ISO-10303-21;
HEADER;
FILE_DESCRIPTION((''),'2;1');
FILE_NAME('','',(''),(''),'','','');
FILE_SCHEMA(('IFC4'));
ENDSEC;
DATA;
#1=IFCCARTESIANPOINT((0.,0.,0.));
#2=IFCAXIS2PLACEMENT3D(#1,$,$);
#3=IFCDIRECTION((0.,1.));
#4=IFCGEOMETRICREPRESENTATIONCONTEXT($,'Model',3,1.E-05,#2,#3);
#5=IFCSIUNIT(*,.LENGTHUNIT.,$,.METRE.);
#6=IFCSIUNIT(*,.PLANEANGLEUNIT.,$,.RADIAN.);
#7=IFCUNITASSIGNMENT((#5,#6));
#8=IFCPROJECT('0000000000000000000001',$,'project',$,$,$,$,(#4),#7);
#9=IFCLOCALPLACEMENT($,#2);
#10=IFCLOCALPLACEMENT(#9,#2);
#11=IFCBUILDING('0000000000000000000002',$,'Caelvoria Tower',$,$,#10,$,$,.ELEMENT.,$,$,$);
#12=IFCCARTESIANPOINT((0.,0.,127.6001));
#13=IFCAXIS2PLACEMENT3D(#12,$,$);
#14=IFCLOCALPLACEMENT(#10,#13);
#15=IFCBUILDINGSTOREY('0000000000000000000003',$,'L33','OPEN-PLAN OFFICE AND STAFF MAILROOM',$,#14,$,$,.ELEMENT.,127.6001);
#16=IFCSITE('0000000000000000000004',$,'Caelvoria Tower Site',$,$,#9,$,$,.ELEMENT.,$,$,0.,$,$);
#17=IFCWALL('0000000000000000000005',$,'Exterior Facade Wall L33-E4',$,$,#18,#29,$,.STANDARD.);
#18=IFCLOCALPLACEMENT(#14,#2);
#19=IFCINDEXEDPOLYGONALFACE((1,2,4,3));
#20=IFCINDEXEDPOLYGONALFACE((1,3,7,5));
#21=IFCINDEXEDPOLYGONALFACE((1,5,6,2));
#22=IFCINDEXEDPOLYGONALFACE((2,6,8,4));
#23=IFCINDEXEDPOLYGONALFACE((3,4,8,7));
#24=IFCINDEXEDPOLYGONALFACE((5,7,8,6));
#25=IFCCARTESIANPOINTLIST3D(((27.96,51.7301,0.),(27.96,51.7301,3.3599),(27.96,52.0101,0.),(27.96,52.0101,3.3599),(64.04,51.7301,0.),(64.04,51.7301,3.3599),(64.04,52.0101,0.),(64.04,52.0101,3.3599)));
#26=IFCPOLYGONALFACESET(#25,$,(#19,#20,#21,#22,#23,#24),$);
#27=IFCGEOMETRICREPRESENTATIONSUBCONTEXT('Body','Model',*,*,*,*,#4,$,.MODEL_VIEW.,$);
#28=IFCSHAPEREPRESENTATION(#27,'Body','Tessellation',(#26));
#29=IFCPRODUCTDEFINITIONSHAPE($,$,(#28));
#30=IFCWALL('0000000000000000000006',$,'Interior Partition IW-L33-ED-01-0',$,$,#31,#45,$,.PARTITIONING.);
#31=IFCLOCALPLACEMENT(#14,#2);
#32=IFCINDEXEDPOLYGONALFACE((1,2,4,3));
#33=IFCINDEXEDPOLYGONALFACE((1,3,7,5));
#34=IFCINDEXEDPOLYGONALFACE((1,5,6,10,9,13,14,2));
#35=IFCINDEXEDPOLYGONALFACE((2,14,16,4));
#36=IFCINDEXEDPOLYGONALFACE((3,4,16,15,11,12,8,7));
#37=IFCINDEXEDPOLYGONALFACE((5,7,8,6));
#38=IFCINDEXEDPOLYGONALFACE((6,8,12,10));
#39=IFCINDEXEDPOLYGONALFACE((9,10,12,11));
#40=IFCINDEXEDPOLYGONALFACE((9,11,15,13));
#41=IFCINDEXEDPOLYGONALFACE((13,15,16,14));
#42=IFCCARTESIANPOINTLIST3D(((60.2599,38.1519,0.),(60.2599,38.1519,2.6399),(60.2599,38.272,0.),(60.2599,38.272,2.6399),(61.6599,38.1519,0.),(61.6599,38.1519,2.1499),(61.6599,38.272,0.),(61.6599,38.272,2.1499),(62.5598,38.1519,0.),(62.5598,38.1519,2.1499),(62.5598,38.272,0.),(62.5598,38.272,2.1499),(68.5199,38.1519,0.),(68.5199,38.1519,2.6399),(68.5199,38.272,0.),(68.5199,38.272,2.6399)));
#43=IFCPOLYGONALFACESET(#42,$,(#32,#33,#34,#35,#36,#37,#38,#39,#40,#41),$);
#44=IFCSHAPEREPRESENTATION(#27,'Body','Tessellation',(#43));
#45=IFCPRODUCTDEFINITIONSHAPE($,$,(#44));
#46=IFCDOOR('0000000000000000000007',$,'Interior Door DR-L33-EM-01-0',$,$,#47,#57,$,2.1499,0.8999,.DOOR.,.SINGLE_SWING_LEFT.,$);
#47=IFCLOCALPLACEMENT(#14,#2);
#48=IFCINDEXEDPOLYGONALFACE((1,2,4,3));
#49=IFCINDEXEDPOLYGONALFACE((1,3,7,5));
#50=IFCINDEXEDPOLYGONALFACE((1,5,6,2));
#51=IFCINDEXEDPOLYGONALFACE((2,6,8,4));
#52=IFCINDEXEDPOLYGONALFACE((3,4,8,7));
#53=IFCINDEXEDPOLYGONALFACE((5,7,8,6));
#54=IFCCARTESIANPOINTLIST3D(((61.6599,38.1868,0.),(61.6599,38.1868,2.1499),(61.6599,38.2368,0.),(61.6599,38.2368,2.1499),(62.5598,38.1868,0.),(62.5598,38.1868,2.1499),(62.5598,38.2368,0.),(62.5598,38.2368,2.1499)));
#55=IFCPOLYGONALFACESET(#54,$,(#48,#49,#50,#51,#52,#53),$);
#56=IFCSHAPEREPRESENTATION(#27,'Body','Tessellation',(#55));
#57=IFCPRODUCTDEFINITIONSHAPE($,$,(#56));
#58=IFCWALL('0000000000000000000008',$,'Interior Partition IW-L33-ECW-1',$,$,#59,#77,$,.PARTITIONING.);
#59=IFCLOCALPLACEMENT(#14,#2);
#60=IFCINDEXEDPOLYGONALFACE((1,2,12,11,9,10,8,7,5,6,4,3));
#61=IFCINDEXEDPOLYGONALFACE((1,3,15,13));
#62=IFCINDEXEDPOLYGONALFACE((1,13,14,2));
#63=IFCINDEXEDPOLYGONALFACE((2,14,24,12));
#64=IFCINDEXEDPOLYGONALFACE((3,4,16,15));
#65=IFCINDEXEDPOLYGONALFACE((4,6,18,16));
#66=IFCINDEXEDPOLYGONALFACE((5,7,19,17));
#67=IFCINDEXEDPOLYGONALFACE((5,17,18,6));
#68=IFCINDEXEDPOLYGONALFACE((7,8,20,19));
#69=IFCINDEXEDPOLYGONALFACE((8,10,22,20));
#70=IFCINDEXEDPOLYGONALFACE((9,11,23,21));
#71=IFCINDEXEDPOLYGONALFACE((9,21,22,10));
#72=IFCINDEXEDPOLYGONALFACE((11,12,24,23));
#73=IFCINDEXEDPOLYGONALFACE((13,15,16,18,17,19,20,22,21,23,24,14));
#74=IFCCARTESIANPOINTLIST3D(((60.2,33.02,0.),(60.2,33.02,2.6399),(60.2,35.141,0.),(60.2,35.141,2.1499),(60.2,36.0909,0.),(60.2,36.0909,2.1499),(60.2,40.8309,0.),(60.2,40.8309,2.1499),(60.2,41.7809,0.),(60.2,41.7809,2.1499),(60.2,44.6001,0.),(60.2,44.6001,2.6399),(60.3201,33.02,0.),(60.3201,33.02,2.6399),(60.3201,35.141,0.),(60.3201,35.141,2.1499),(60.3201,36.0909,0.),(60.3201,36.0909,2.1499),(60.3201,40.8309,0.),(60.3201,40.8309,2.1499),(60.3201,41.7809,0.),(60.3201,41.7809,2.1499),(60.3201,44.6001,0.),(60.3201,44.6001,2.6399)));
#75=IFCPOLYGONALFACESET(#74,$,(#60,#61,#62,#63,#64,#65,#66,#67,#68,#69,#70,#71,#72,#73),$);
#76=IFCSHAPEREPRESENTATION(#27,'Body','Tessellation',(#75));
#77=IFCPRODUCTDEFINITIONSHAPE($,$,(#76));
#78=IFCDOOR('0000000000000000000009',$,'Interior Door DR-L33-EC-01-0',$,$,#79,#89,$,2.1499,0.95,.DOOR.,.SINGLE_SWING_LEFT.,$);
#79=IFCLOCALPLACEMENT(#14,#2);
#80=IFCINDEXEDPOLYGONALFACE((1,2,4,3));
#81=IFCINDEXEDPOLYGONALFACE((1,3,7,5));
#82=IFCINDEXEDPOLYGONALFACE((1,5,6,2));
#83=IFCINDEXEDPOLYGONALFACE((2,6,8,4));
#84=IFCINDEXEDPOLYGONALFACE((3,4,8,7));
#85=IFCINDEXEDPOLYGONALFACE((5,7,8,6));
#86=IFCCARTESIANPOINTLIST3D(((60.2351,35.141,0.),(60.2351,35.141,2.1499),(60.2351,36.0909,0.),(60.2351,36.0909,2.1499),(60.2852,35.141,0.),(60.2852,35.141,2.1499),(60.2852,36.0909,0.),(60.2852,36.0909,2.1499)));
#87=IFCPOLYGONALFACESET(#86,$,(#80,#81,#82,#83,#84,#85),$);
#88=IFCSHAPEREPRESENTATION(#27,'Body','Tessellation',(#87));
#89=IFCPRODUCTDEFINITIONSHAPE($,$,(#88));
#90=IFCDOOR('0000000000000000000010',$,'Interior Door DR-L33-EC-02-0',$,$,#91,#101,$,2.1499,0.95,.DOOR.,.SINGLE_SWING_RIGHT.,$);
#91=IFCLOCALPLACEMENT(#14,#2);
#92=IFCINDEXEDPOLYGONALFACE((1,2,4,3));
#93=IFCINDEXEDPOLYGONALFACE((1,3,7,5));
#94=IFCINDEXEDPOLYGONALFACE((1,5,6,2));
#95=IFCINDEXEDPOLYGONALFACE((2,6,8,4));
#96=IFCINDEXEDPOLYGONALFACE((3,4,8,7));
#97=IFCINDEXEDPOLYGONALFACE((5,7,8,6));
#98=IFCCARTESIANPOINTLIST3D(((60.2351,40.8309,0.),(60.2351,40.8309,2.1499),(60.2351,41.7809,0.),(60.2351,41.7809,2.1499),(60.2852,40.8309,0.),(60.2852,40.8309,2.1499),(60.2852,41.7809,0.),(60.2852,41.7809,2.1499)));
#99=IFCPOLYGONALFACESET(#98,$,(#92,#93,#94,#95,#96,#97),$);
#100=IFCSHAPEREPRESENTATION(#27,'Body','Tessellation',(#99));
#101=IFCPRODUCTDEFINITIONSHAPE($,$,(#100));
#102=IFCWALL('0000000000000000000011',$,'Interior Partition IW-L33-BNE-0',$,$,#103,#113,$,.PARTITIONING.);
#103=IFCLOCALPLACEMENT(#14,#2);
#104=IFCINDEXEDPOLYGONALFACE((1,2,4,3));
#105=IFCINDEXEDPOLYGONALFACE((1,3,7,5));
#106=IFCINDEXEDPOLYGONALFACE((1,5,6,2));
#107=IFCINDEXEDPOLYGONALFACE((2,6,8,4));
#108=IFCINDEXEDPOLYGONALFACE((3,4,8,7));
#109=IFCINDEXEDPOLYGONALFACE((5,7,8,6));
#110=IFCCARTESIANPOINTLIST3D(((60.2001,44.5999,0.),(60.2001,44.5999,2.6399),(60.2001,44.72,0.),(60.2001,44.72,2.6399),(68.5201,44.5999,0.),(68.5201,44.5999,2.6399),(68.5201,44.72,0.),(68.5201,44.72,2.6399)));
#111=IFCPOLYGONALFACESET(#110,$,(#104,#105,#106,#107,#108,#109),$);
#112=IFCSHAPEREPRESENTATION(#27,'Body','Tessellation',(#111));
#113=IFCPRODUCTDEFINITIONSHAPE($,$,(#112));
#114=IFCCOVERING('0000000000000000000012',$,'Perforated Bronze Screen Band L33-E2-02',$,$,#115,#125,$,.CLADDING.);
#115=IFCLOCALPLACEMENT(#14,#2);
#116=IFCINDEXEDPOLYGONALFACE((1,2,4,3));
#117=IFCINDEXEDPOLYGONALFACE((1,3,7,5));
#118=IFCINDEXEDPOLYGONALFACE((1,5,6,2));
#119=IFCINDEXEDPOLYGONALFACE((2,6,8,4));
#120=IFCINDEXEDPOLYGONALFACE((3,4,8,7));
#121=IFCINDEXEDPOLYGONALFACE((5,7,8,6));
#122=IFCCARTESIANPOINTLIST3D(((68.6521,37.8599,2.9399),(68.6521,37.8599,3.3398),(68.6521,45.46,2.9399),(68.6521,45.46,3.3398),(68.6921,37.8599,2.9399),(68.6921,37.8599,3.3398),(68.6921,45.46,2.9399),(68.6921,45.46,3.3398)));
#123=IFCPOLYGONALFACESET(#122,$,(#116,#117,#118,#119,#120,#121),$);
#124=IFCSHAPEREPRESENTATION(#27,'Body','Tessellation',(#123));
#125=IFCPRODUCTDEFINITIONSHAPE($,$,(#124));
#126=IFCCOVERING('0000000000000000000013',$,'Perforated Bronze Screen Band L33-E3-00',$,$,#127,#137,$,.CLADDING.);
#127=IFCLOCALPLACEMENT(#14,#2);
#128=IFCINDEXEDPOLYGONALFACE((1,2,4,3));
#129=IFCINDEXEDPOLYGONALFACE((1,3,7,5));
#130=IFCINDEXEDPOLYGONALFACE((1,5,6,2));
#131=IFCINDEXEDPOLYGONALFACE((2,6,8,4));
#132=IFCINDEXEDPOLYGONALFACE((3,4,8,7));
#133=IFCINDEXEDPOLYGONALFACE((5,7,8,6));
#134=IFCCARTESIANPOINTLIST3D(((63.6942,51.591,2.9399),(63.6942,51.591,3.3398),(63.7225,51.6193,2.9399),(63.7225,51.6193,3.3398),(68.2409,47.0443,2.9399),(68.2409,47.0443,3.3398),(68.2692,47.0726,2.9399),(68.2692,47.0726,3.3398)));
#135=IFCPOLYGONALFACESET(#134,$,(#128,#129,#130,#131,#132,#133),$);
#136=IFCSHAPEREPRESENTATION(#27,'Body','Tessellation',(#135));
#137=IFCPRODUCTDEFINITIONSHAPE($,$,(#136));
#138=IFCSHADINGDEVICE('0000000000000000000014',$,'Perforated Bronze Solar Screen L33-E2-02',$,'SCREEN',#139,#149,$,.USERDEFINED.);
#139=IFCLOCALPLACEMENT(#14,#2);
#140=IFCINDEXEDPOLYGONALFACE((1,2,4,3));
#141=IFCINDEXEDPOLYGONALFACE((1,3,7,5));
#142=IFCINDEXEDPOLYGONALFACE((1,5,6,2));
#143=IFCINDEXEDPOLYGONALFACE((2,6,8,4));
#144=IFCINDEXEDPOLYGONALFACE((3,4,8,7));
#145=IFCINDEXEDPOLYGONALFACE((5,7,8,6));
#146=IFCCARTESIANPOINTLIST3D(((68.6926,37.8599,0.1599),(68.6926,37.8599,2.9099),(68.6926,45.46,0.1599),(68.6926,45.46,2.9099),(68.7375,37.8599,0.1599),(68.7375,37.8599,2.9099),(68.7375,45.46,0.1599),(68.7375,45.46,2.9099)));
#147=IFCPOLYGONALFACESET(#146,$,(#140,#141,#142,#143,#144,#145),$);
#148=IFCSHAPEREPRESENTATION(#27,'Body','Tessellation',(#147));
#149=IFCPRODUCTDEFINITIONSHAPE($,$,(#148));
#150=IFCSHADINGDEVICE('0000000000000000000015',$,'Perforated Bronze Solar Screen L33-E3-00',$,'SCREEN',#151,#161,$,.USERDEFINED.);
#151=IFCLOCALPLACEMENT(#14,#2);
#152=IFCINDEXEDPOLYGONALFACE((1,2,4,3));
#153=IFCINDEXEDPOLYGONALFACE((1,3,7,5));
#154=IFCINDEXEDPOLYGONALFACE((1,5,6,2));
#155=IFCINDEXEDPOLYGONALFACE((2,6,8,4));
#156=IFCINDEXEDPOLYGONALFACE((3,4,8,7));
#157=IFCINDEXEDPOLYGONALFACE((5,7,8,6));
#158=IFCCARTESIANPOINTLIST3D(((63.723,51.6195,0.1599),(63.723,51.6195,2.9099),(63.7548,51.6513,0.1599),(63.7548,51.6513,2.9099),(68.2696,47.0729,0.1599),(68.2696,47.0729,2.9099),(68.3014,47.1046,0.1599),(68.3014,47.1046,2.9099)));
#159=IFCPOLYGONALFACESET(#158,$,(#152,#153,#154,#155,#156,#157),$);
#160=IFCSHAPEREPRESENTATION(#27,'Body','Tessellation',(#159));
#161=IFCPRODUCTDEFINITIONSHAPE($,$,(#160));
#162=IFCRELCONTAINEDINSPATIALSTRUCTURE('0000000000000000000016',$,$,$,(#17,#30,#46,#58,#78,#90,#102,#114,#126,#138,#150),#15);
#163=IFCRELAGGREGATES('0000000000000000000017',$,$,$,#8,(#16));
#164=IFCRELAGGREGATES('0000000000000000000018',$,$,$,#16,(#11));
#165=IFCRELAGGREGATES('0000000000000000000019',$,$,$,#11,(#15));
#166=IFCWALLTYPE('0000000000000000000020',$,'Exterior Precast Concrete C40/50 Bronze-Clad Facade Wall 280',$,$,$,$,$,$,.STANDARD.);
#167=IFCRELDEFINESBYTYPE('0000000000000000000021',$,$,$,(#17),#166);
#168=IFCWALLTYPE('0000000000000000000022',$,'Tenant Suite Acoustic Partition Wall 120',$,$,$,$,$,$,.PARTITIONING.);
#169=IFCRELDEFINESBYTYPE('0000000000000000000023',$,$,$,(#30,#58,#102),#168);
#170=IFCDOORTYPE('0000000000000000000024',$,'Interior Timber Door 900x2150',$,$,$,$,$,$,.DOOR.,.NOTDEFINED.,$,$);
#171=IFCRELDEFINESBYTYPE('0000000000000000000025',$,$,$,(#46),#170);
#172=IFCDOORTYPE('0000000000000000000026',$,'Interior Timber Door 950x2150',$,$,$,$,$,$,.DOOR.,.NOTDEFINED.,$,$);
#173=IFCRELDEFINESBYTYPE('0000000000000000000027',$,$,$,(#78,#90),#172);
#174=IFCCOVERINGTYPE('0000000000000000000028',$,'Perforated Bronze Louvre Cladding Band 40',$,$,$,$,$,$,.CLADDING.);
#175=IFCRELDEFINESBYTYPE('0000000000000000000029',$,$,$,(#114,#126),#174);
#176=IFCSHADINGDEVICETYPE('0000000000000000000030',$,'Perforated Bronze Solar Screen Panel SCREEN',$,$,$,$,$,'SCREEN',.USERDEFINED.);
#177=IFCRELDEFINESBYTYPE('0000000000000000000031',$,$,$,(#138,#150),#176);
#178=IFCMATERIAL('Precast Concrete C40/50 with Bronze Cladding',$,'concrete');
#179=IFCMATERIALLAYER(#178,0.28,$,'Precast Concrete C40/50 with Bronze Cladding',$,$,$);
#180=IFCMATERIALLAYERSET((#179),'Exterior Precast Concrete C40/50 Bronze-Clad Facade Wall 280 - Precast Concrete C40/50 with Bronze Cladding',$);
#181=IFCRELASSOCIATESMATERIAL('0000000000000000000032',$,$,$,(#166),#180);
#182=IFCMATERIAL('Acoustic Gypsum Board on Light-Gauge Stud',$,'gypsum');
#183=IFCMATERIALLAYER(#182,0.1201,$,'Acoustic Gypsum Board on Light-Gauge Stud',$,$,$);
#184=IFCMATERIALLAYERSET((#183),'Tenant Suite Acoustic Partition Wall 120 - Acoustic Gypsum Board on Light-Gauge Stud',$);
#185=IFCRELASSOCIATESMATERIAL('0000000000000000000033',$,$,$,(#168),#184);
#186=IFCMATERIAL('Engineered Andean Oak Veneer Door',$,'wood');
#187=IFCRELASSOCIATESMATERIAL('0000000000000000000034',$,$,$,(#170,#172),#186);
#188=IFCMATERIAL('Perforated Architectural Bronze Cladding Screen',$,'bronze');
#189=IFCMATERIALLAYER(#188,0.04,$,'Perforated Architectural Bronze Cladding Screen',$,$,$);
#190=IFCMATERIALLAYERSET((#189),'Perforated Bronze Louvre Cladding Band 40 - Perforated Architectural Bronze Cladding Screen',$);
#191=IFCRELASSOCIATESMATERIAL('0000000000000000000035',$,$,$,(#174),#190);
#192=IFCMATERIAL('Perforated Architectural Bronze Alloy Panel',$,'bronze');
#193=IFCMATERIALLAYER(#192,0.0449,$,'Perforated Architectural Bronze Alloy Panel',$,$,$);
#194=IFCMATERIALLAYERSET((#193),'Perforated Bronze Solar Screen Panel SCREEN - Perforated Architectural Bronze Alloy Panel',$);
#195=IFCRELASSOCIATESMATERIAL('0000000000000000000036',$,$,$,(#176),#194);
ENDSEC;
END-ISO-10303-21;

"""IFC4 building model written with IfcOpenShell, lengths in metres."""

from ifc_helpers import new_model, si_unit, direction, frame, frame_2d, origin, origin_2d, place, context, subcontext, project, spatial, rectangle, extrude, material, layer, layer_set, type_object, element, fill, save


model = new_model("IFC4")

# Units and contexts
model_context = context("Model", 3, precision=1e-05, world=origin(), true_north=direction((0.0, 1.0)))
body_context = subcontext(model_context, "Body", "Model", "MODEL_VIEW")
ifc_project = project(units=[si_unit("LENGTHUNIT", "METRE"), si_unit("PLANEANGLEUNIT", "RADIAN")], contexts=[model_context])

# Site, building, storey
site_placement = place(None, origin())
site = spatial("IfcSite", under=ifc_project, at=site_placement, Name="Caelvoria Tower Site", CompositionType="ELEMENT", RefElevation=0.0)
building_placement = place(site_placement, origin())
building = spatial("IfcBuilding", under=site, at=building_placement, Name="Caelvoria Tower", CompositionType="ELEMENT")
storey_placement = place(building_placement, frame((0.0, 0.0, 127.6001)))
storey = spatial("IfcBuildingStorey", under=building, at=storey_placement, Name="L33", Description="OPEN-PLAN OFFICE AND STAFF MAILROOM", CompositionType="ELEMENT", Elevation=127.6001)

# Wall
ifc_material_1 = material(Name="Precast Concrete C40/50 with Bronze Cladding", Category="concrete")
ifc_layer_1 = layer(ifc_material_1, 0.28, Name="Precast Concrete C40/50 with Bronze Cladding")
ifc_layer_set_1 = layer_set([ifc_layer_1], Name="Exterior Precast Concrete C40/50 Bronze-Clad Facade Wall 280 - Precast Concrete C40/50 with Bronze Cladding")
wall_type_1 = type_object("IfcWallType", Name="Exterior Precast Concrete C40/50 Bronze-Clad Facade Wall 280", PredefinedType="STANDARD", material=ifc_layer_set_1)
wall_1_placement = place(storey_placement, frame((64.04, 51.8701, 0.0), z_axis=(0.0, 0.0, 1.0), x_axis=(-1.0, 0.0, 0.0)))
element("IfcWall", 1, at=wall_1_placement, inside=storey, type_object=wall_type_1, Name="Exterior Facade Wall L33-E4", PredefinedType="STANDARD", context=body_context, shape_type="SweptSolid", body=[
    extrude(rectangle(XDim=36.0801, YDim=0.28, at=frame_2d((18.04, 0.0))), origin(), (0.0, 0.0, 1.0), 3.3599),
])

# Wall, opening, door
ifc_material_2 = material(Name="Acoustic Gypsum Board on Light-Gauge Stud", Category="gypsum")
ifc_layer_2 = layer(ifc_material_2, 0.1201, Name="Acoustic Gypsum Board on Light-Gauge Stud")
ifc_layer_set_2 = layer_set([ifc_layer_2], Name="Tenant Suite Acoustic Partition Wall 120 - Acoustic Gypsum Board on Light-Gauge Stud")
wall_type_2 = type_object("IfcWallType", Name="Tenant Suite Acoustic Partition Wall 120", PredefinedType="PARTITIONING", material=ifc_layer_set_2)
wall_2_placement = place(storey_placement, frame((60.26, 38.2119, 0.0), z_axis=(0.0, 0.0, 1.0), x_axis=(1.0, 0.0, 0.0)))
wall_2 = element("IfcWall", 2, at=wall_2_placement, inside=storey, type_object=wall_type_2, Name="Interior Partition IW-L33-ED-01-0", PredefinedType="PARTITIONING", context=body_context, shape_type="SweptSolid", body=[
    extrude(rectangle(XDim=8.26, YDim=0.1201, at=frame_2d((4.1299, 0.0))), origin(), (0.0, 0.0, 1.0), 2.6399),
])
opening_1_placement = place(wall_2_placement, frame((1.3999, 0.0, 0.0)))
opening_1 = element("IfcOpeningElement", 3, at=opening_1_placement, cuts=wall_2, PredefinedType="OPENING", context=body_context, shape_type="SweptSolid", body=[
    extrude(rectangle(XDim=0.8999, YDim=2.1499, at=frame_2d((0.45, 1.075))), frame((0.0, 0.0701, 0.0), z_axis=(0.0, -1.0, 0.0), x_axis=(1.0, 0.0, 0.0)), (0.0, 0.0, 1.0), 0.1401),
])
ifc_material_3 = material(Name="Engineered Andean Oak Veneer Door", Category="wood")
door_type_1 = type_object("IfcDoorType", Name="Interior Timber Door 900x2150", OperationType="NOTDEFINED", PredefinedType="DOOR", material=ifc_material_3)
door_1_placement = place(opening_1_placement, origin())
door_1 = element("IfcDoor", 4, at=door_1_placement, inside=storey, type_object=door_type_1, Name="Interior Door DR-L33-EM-01-0", OperationType="SINGLE_SWING_LEFT", OverallHeight=2.1499, OverallWidth=0.8999, PredefinedType="DOOR", context=body_context, shape_type="SweptSolid", body=[
    extrude(rectangle(XDim=0.8999, YDim=2.1499, at=frame_2d((0.45, 1.075))), frame((0.0, 0.0249, 0.0), z_axis=(0.0, -1.0, 0.0), x_axis=(1.0, 0.0, 0.0)), (0.0, 0.0, 1.0), 0.05),
])
fill(opening_1, door_1)

# Wall, openings, doors
wall_3_placement = place(storey_placement, frame((60.26, 33.02, 0.0), z_axis=(0.0, 0.0, 1.0), x_axis=(0.0, 1.0, 0.0)))
wall_3 = element("IfcWall", 5, at=wall_3_placement, inside=storey, type_object=wall_type_2, Name="Interior Partition IW-L33-ECW-1", PredefinedType="PARTITIONING", context=body_context, shape_type="SweptSolid", body=[
    extrude(rectangle(XDim=11.5801, YDim=0.1201, at=frame_2d((5.79, 0.0))), origin(), (0.0, 0.0, 1.0), 2.6399),
])
opening_2_placement = place(wall_3_placement, frame((2.1208, 0.0, 0.0)))
opening_2 = element("IfcOpeningElement", 6, at=opening_2_placement, cuts=wall_3, PredefinedType="OPENING", context=body_context, shape_type="SweptSolid", body=[
    extrude(rectangle(XDim=0.95, YDim=2.1499, at=frame_2d((0.4751, 1.075))), frame((0.0, 0.0701, 0.0), z_axis=(0.0, -1.0, 0.0), x_axis=(1.0, 0.0, 0.0)), (0.0, 0.0, 1.0), 0.1401),
])
opening_3_placement = place(wall_3_placement, frame((7.8108, 0.0, 0.0)))
opening_3 = element("IfcOpeningElement", 7, at=opening_3_placement, cuts=wall_3, PredefinedType="OPENING", context=body_context, shape_type="SweptSolid", body=[
    extrude(rectangle(XDim=0.95, YDim=2.1499, at=frame_2d((0.4751, 1.075))), frame((0.0, 0.0701, 0.0), z_axis=(0.0, -1.0, 0.0), x_axis=(1.0, 0.0, 0.0)), (0.0, 0.0, 1.0), 0.1401),
])
door_type_2 = type_object("IfcDoorType", Name="Interior Timber Door 950x2150", OperationType="NOTDEFINED", PredefinedType="DOOR", material=ifc_material_3)
door_2_placement = place(opening_2_placement, origin())
door_2 = element("IfcDoor", 8, at=door_2_placement, inside=storey, type_object=door_type_2, Name="Interior Door DR-L33-EC-01-0", OperationType="SINGLE_SWING_LEFT", OverallHeight=2.1499, OverallWidth=0.95, PredefinedType="DOOR", context=body_context, shape_type="SweptSolid", body=[
    extrude(rectangle(XDim=0.95, YDim=2.1499, at=frame_2d((0.4751, 1.075))), frame((0.0, 0.0249, 0.0), z_axis=(0.0, -1.0, 0.0), x_axis=(1.0, 0.0, 0.0)), (0.0, 0.0, 1.0), 0.05),
])
fill(opening_2, door_2)
door_3_placement = place(opening_3_placement, origin())
door_3 = element("IfcDoor", 9, at=door_3_placement, inside=storey, type_object=door_type_2, Name="Interior Door DR-L33-EC-02-0", OperationType="SINGLE_SWING_RIGHT", OverallHeight=2.1499, OverallWidth=0.95, PredefinedType="DOOR", context=body_context, shape_type="SweptSolid", body=[
    extrude(rectangle(XDim=0.95, YDim=2.1499, at=frame_2d((0.4751, 1.075))), frame((0.0, 0.0249, 0.0), z_axis=(0.0, -1.0, 0.0), x_axis=(1.0, 0.0, 0.0)), (0.0, 0.0, 1.0), 0.05),
])
fill(opening_3, door_3)

# Wall
wall_4_placement = place(storey_placement, frame((60.2, 44.6599, 0.0), z_axis=(0.0, 0.0, 1.0), x_axis=(1.0, 0.0, 0.0)))
element("IfcWall", 10, at=wall_4_placement, inside=storey, type_object=wall_type_2, Name="Interior Partition IW-L33-BNE-0", PredefinedType="PARTITIONING", context=body_context, shape_type="SweptSolid", body=[
    extrude(rectangle(XDim=8.3201, YDim=0.1201, at=frame_2d((4.1602, 0.0))), origin(), (0.0, 0.0, 1.0), 2.6399),
])

# Coverings
ifc_material_4 = material(Name="Perforated Architectural Bronze Cladding Screen", Category="bronze")
ifc_layer_3 = layer(ifc_material_4, 0.04, Name="Perforated Architectural Bronze Cladding Screen")
ifc_layer_set_3 = layer_set([ifc_layer_3], Name="Perforated Bronze Louvre Cladding Band 40 - Perforated Architectural Bronze Cladding Screen")
covering_type = type_object("IfcCoveringType", Name="Perforated Bronze Louvre Cladding Band 40", PredefinedType="CLADDING", material=ifc_layer_set_3)
covering_1_placement = place(storey_placement, frame((68.6721, 41.6599, 2.9399), z_axis=(0.0, 0.0, 1.0), x_axis=(0.0, 1.0, 0.0)))
element("IfcCovering", 11, at=covering_1_placement, inside=storey, type_object=covering_type, Name="Perforated Bronze Screen Band L33-E2-02", PredefinedType="CLADDING", context=body_context, shape_type="SweptSolid", body=[
    extrude(rectangle(XDim=7.6001, YDim=0.04, at=origin_2d()), origin(), (0.0, 0.0, 1.0), 0.3999),
])
covering_2_placement = place(storey_placement, frame((65.9817, 49.3318, 2.9399), z_axis=(0.0, 0.0, 1.0), x_axis=(-0.707107, 0.707107, 0.0)))
element("IfcCovering", 12, at=covering_2_placement, inside=storey, type_object=covering_type, Name="Perforated Bronze Screen Band L33-E3-00", PredefinedType="CLADDING", context=body_context, shape_type="SweptSolid", body=[
    extrude(rectangle(XDim=6.4299, YDim=0.04, at=origin_2d()), origin(), (0.0, 0.0, 1.0), 0.3999),
])

# Shading devices
ifc_material_5 = material(Name="Perforated Architectural Bronze Alloy Panel", Category="bronze")
ifc_layer_4 = layer(ifc_material_5, 0.0449, Name="Perforated Architectural Bronze Alloy Panel")
ifc_layer_set_4 = layer_set([ifc_layer_4], Name="Perforated Bronze Solar Screen Panel SCREEN - Perforated Architectural Bronze Alloy Panel")
shading_device_type = type_object("IfcShadingDeviceType", Name="Perforated Bronze Solar Screen Panel SCREEN", ElementType="SCREEN", PredefinedType="USERDEFINED", material=ifc_layer_set_4)
shading_device_1_placement = place(storey_placement, frame((68.7151, 41.6599, 0.1599), z_axis=(0.0, 0.0, 1.0), x_axis=(0.0, 1.0, 0.0)))
element("IfcShadingDevice", 13, at=shading_device_1_placement, inside=storey, type_object=shading_device_type, Name="Perforated Bronze Solar Screen L33-E2-02", ObjectType="SCREEN", PredefinedType="USERDEFINED", context=body_context, shape_type="SweptSolid", body=[
    extrude(rectangle(XDim=7.6001, YDim=0.0449, at=origin_2d()), origin(), (0.0, 0.0, 1.0), 2.75),
])
shading_device_2_placement = place(storey_placement, frame((66.0122, 49.3621, 0.1599), z_axis=(0.0, 0.0, 1.0), x_axis=(-0.707107, 0.707107, 0.0)))
element("IfcShadingDevice", 14, at=shading_device_2_placement, inside=storey, type_object=shading_device_type, Name="Perforated Bronze Solar Screen L33-E3-00", ObjectType="SCREEN", PredefinedType="USERDEFINED", context=body_context, shape_type="SweptSolid", body=[
    extrude(rectangle(XDim=6.4299, YDim=0.0449, at=origin_2d()), origin(), (0.0, 0.0, 1.0), 2.75),
])

save(model, "model.ifc")
